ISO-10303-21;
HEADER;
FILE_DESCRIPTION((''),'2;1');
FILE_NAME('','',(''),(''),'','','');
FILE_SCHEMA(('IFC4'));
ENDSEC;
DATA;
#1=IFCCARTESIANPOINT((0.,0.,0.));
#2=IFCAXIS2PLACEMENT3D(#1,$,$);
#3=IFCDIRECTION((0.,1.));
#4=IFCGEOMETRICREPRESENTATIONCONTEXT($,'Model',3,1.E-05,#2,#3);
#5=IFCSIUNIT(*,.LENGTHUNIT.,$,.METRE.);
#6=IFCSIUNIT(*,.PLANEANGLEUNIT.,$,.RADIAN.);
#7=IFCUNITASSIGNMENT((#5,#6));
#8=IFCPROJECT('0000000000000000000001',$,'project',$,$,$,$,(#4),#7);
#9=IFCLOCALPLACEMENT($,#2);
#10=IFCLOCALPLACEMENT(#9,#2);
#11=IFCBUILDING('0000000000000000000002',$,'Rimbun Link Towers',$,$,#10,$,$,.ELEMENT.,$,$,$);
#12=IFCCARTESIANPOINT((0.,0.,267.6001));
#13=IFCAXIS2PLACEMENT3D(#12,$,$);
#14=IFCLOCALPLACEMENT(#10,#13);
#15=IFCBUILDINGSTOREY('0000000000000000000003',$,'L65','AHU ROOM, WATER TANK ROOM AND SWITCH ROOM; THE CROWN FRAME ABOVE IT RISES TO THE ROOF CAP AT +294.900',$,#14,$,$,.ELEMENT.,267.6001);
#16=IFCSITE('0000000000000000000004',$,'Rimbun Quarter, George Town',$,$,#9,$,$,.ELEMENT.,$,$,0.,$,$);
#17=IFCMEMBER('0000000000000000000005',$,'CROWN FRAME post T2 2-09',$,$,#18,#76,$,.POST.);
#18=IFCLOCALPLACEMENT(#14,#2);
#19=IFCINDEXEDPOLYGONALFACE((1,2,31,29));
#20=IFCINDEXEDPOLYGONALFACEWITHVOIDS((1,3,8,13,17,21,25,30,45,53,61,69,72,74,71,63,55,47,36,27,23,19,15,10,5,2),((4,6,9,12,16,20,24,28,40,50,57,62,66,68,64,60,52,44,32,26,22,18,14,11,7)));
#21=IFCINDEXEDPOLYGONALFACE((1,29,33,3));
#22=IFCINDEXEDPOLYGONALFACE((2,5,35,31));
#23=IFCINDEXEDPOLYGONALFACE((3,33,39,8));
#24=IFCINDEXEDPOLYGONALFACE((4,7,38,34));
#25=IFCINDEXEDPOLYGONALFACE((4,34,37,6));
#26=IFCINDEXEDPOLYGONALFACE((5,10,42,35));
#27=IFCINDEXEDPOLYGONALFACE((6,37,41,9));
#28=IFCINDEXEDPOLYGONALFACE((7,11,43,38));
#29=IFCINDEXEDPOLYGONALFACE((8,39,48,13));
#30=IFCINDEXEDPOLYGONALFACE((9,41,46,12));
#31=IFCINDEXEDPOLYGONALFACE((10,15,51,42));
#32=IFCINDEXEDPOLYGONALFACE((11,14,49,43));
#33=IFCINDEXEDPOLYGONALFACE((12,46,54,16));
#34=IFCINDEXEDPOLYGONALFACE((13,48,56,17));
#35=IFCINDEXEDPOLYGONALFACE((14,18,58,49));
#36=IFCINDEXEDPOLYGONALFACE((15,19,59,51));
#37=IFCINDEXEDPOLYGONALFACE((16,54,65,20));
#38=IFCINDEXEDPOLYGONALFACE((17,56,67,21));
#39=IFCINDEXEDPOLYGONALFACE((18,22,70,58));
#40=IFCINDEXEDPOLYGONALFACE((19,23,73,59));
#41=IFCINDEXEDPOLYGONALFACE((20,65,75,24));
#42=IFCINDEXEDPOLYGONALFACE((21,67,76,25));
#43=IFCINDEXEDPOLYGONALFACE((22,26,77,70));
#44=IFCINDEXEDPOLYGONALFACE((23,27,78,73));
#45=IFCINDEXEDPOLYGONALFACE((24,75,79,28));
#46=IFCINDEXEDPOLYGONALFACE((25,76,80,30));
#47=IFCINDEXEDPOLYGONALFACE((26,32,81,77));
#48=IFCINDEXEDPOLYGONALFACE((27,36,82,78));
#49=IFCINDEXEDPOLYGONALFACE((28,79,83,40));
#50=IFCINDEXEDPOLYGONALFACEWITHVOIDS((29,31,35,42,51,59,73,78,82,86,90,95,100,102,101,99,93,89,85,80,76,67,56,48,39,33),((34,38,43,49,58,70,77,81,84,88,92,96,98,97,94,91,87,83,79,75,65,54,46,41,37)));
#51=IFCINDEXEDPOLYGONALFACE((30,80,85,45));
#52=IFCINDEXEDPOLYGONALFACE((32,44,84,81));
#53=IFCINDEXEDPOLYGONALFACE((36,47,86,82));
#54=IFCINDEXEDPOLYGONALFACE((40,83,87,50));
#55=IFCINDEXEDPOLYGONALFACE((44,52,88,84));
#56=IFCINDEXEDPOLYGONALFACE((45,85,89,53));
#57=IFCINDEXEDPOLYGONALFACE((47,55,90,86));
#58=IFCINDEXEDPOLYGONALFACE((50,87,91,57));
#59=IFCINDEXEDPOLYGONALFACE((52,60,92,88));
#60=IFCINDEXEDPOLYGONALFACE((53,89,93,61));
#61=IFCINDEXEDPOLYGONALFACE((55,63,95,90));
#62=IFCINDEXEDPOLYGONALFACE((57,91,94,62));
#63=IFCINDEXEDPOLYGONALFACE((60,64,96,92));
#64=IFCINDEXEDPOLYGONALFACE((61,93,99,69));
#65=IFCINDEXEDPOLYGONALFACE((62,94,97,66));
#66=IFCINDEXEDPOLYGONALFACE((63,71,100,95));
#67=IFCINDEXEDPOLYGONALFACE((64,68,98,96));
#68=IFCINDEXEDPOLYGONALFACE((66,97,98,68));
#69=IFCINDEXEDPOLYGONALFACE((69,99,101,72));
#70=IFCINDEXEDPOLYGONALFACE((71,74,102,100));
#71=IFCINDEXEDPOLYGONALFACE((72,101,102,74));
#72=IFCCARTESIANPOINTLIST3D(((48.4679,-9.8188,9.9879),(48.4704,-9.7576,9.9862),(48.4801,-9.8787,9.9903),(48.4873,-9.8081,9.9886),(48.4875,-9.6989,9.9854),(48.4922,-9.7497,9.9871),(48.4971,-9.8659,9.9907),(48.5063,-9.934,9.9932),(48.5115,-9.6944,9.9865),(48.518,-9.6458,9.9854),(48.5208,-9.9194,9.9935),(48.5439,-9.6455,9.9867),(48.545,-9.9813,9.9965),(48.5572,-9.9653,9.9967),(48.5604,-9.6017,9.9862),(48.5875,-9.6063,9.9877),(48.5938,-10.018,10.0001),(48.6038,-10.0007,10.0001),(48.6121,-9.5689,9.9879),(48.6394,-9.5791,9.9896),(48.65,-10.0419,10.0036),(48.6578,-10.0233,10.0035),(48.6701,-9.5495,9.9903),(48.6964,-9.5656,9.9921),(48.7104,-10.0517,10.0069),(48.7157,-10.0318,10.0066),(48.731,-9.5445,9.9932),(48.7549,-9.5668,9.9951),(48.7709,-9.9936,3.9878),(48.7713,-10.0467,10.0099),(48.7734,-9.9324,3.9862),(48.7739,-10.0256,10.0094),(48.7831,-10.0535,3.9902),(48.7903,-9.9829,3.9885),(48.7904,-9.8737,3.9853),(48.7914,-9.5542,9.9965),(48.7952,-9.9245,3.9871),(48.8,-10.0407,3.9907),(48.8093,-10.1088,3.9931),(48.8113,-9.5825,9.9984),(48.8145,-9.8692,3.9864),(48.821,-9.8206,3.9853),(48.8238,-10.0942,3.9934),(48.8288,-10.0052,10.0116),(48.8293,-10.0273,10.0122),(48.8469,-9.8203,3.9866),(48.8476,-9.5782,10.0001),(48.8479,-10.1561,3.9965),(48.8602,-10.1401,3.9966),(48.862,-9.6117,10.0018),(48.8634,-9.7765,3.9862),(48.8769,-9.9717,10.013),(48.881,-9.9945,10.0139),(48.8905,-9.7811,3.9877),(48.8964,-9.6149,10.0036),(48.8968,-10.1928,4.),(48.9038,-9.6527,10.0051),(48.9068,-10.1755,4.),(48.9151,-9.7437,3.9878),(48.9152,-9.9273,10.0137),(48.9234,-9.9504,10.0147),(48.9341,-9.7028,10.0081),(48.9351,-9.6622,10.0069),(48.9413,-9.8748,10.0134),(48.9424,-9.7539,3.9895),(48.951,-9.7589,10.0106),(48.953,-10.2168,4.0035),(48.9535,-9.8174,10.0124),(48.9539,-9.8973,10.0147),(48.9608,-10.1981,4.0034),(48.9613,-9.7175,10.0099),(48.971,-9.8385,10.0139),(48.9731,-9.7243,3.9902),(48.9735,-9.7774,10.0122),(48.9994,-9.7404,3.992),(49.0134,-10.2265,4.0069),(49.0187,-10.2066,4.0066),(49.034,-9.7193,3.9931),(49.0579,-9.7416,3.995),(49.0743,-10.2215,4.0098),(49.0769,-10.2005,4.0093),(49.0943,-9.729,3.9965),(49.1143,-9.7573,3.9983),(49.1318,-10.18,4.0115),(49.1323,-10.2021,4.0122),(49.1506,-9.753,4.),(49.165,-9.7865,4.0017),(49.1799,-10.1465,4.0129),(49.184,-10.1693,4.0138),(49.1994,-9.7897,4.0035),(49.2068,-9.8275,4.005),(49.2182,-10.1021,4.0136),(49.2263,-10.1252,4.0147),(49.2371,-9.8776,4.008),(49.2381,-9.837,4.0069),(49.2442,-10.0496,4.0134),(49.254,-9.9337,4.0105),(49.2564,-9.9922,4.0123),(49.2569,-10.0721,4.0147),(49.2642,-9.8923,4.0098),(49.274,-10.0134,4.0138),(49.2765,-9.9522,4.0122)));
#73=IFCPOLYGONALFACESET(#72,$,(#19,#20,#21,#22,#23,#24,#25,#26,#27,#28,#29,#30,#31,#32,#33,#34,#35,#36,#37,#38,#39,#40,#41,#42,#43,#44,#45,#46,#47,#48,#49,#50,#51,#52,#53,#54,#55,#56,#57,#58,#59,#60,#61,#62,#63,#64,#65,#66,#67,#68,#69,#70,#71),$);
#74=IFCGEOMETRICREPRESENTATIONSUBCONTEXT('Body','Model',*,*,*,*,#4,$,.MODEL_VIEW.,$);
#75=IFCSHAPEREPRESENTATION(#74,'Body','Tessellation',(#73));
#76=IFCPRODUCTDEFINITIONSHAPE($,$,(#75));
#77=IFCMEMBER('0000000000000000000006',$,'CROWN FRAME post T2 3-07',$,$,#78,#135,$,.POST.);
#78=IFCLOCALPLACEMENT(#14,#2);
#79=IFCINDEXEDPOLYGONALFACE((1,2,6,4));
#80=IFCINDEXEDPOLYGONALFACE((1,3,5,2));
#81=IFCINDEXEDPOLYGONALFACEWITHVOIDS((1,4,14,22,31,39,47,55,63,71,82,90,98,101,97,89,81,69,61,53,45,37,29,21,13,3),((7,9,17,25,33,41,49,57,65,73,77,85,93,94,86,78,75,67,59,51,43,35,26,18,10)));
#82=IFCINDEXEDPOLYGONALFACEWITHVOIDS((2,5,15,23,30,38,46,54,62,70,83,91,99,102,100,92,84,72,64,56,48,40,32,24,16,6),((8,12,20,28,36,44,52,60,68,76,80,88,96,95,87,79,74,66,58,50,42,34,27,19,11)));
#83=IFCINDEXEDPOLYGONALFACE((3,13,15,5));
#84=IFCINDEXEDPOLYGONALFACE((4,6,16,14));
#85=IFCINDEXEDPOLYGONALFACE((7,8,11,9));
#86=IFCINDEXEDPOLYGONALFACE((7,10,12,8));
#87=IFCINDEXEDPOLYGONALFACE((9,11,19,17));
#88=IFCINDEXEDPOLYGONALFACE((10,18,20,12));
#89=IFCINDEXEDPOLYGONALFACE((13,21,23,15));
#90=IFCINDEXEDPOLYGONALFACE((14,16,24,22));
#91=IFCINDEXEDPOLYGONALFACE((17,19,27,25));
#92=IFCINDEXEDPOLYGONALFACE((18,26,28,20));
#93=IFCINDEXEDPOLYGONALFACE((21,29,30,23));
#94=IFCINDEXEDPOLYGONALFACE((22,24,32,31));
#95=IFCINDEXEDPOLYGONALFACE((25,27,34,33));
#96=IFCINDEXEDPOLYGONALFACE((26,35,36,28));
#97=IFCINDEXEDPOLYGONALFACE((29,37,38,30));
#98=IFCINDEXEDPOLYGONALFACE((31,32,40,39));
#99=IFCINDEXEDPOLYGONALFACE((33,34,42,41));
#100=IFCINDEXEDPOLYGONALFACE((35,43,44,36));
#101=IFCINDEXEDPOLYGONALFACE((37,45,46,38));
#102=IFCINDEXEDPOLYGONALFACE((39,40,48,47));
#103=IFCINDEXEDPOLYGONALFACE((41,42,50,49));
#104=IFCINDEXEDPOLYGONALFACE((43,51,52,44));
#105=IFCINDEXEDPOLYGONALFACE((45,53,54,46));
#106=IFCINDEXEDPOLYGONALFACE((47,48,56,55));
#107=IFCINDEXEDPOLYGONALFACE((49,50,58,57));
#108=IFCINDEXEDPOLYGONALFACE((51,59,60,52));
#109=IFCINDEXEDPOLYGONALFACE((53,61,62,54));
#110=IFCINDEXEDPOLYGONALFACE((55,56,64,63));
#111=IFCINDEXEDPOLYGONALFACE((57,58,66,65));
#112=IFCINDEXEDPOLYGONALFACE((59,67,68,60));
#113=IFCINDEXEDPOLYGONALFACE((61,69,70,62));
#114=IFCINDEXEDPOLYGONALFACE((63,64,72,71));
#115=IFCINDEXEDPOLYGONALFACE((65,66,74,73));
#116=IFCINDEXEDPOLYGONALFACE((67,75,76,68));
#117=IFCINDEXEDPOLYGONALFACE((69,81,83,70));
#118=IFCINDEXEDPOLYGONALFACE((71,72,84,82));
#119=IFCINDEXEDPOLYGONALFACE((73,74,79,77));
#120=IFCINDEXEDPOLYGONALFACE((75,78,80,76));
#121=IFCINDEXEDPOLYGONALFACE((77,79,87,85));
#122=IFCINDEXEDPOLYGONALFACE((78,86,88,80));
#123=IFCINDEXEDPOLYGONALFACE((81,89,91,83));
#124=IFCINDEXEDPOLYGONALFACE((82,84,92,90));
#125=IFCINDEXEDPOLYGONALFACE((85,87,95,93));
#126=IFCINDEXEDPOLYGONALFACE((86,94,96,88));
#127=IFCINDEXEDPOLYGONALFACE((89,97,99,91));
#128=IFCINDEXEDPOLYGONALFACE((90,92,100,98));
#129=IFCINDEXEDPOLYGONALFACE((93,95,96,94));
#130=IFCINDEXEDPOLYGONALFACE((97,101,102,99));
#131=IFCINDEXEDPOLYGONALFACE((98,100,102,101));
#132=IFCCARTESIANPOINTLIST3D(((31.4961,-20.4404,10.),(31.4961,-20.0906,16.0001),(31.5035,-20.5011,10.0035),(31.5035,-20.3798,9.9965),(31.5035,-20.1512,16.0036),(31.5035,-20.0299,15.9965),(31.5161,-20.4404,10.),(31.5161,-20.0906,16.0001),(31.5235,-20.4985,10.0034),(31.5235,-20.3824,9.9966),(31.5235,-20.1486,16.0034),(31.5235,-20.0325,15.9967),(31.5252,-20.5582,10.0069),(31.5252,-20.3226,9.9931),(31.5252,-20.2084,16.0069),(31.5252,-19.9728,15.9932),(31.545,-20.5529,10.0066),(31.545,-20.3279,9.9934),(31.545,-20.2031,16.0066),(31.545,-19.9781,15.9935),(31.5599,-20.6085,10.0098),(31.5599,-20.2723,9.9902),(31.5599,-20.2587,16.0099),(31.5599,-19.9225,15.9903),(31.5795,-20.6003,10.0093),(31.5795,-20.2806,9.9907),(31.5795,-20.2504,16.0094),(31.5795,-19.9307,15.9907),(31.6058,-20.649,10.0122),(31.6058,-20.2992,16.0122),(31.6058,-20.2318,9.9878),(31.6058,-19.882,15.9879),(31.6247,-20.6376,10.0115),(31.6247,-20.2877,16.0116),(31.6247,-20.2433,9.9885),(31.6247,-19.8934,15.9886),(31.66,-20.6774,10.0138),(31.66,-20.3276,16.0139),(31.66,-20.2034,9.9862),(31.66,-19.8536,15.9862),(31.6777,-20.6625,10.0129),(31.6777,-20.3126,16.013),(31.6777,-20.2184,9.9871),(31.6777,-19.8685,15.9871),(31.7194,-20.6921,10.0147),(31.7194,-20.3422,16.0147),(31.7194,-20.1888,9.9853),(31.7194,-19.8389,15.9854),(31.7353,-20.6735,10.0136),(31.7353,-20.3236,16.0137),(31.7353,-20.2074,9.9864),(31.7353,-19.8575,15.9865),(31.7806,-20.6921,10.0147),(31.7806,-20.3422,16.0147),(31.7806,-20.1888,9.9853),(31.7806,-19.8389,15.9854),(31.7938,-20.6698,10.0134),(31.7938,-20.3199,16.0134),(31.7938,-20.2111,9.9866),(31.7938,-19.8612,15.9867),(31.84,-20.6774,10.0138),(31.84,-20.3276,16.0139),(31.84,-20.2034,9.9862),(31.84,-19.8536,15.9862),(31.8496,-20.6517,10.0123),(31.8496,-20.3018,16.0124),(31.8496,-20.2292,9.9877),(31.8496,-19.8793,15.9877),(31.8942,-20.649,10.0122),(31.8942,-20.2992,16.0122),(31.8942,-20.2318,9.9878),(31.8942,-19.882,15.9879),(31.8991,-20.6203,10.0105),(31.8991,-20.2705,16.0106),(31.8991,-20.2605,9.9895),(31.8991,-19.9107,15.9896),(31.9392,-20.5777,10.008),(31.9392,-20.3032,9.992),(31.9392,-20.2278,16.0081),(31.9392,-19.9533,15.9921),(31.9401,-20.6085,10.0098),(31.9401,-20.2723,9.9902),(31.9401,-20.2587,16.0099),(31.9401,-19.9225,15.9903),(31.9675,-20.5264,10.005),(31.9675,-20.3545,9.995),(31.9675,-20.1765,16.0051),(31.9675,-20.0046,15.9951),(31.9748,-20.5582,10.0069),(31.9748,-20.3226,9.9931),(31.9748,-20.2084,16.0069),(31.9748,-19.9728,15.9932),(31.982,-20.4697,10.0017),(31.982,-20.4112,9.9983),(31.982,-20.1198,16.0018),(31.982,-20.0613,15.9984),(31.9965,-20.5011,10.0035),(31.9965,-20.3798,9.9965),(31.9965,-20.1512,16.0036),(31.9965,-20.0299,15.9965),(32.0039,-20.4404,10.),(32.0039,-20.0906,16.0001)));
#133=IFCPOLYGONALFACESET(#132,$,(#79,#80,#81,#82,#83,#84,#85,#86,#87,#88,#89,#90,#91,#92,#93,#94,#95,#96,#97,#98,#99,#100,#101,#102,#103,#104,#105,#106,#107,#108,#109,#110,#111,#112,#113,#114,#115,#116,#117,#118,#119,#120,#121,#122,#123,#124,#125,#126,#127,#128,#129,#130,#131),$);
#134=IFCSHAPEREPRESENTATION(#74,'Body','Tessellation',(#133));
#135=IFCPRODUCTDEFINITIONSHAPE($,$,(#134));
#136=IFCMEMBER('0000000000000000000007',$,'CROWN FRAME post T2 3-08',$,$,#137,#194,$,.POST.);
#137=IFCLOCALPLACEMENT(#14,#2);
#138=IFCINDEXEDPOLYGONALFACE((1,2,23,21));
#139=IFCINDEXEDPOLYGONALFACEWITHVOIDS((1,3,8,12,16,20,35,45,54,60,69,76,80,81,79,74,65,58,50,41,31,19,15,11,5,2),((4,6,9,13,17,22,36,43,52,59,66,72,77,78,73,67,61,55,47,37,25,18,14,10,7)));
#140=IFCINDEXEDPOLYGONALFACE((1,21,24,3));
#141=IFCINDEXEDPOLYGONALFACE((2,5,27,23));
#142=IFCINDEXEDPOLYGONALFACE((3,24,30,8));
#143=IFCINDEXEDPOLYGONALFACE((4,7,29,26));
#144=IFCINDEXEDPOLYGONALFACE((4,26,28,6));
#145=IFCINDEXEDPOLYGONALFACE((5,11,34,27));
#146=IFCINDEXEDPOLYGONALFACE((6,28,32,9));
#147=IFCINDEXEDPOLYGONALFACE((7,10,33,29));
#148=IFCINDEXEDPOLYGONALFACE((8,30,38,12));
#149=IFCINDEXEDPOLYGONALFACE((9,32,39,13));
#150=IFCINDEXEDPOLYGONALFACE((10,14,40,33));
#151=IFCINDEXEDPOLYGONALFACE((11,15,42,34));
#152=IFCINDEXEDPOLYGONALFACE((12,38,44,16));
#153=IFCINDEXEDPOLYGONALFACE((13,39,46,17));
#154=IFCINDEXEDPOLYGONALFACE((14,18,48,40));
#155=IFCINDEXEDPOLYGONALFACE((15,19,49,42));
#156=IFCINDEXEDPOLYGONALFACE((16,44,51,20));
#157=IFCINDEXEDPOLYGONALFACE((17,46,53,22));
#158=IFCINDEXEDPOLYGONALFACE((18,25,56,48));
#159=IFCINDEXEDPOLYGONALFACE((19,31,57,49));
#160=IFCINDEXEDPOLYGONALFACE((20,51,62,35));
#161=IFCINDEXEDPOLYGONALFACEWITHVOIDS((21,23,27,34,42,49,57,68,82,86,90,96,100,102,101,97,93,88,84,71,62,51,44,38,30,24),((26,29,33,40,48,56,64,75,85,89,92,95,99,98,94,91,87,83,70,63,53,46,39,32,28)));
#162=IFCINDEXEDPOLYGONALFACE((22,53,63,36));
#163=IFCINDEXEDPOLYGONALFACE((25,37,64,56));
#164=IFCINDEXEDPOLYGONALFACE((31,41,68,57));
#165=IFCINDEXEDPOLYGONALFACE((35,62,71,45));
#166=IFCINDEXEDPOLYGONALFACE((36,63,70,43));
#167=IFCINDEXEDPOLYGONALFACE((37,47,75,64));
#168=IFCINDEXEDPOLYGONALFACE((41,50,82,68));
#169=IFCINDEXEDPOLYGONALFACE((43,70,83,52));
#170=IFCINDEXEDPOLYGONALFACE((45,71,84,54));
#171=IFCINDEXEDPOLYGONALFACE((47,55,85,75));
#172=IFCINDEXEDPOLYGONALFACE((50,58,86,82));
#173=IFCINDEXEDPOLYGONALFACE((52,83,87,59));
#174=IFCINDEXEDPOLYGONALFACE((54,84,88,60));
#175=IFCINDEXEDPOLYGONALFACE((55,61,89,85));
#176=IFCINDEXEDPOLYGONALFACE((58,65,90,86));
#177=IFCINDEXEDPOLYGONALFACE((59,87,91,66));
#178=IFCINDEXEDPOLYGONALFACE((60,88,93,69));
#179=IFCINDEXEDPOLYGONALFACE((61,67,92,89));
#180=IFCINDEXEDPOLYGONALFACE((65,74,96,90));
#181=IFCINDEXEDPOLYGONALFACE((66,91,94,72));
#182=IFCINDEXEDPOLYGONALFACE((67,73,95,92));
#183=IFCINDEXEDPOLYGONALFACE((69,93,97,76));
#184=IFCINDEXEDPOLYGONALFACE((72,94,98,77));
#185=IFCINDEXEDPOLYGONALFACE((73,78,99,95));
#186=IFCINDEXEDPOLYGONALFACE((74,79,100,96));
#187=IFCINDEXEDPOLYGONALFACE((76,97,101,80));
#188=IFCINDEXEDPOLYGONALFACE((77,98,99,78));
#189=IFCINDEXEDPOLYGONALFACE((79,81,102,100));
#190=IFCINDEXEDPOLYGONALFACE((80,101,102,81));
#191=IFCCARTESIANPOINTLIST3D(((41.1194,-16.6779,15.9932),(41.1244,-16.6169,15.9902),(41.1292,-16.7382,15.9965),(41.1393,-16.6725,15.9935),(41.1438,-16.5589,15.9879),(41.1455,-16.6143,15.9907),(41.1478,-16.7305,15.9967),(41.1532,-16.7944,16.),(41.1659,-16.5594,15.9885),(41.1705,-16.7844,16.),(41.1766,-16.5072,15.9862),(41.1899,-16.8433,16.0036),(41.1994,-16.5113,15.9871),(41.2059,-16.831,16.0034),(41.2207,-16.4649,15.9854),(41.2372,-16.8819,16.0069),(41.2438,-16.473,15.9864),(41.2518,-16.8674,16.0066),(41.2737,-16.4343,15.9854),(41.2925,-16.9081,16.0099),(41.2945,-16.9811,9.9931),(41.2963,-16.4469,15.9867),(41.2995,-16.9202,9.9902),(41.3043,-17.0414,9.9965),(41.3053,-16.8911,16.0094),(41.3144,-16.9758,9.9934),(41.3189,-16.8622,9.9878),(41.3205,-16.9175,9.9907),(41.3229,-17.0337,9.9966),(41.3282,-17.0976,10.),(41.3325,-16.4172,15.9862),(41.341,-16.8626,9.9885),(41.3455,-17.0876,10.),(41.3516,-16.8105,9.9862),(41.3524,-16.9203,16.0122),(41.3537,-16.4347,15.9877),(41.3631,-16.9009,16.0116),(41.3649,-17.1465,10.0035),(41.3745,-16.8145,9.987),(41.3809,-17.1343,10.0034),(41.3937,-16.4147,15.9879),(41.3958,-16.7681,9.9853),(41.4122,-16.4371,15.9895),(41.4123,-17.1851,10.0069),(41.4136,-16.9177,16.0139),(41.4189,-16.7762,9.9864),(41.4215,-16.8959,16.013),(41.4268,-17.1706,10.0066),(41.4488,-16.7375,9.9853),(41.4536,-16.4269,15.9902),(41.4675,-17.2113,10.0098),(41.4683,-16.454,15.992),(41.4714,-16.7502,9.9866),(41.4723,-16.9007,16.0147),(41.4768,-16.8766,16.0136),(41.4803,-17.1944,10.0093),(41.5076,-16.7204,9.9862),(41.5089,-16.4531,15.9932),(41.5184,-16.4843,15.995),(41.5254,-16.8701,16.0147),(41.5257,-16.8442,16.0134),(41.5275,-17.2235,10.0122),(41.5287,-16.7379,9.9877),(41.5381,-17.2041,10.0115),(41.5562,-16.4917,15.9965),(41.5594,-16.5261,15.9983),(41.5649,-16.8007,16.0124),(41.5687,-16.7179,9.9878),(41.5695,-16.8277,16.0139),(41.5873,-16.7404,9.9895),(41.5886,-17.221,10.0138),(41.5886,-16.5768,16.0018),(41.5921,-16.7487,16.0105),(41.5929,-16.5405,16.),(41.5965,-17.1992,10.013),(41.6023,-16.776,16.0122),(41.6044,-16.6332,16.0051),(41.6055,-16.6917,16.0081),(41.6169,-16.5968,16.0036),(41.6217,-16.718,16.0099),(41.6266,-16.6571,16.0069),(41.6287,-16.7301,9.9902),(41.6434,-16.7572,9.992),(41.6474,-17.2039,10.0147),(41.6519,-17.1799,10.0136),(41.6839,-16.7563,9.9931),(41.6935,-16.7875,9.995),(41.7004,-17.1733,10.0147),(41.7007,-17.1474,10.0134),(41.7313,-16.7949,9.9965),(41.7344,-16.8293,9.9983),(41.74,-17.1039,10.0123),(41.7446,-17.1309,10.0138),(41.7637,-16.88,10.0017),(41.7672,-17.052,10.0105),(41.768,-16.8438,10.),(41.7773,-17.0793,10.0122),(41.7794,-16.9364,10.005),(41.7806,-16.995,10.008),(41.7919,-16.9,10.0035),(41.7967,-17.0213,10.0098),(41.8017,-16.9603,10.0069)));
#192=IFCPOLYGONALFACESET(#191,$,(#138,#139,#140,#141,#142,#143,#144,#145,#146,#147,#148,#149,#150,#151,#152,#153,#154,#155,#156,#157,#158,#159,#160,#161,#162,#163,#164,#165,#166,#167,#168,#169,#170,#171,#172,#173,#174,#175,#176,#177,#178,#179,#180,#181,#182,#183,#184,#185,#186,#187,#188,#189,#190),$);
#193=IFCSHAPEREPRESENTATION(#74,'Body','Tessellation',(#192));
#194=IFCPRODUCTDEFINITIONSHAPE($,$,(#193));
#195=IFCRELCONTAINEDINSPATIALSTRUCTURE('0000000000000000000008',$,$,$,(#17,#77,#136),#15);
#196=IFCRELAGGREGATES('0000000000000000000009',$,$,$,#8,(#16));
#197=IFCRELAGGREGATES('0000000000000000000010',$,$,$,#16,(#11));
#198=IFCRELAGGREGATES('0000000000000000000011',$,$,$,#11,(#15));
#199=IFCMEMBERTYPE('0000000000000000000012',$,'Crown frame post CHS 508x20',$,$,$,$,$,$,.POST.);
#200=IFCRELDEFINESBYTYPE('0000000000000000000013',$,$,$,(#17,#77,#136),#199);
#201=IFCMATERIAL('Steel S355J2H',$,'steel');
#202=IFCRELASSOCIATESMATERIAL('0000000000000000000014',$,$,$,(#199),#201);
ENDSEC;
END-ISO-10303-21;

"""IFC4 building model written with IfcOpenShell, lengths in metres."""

from ifc_helpers import new_model, si_unit, direction, frame, origin, origin_2d, place, context, subcontext, project, spatial, hollow_circle, extrude, material, material_profile, profile_set, type_object, element, save


model = new_model("IFC4")

# Units and contexts
model_context = context("Model", 3, precision=1e-05, world=origin(), true_north=direction((0.0, 1.0)))
body_context = subcontext(model_context, "Body", "Model", "MODEL_VIEW")
ifc_project = project(units=[si_unit("LENGTHUNIT", "METRE"), si_unit("PLANEANGLEUNIT", "RADIAN")], contexts=[model_context])

# Site, building, storey
site_placement = place(None, origin())
site = spatial("IfcSite", under=ifc_project, at=site_placement, Name="Rimbun Quarter, George Town", CompositionType="ELEMENT", RefElevation=0.0)
building_placement = place(site_placement, origin())
building = spatial("IfcBuilding", under=site, at=building_placement, Name="Rimbun Link Towers", CompositionType="ELEMENT")
storey_placement = place(building_placement, frame((0.0, 0.0, 267.6001)))
storey = spatial("IfcBuildingStorey", under=building, at=storey_placement, Name="L65", Description="AHU ROOM, WATER TANK ROOM AND SWITCH ROOM; THE CROWN FRAME ABOVE IT RISES TO THE ROOF CAP AT +294.900", CompositionType="ELEMENT", Elevation=267.6001)

# Members
ifc_material_1 = material(Name="Steel S355J2H", Category="steel")
ifc_material_profile_1 = material_profile(ifc_material_1, hollow_circle(Radius=0.2539, WallThickness=0.02, at=origin_2d()), Name="Crown frame post CHS 508x20")
ifc_profile_set_1 = profile_set([ifc_material_profile_1], Name="Steel S355J2H")
member_type_1 = type_object("IfcMemberType", Name="Crown frame post CHS 508x20", PredefinedType="POST", material=ifc_profile_set_1)
for number, where, z_axis, x_axis, name in (
    (1, (49.0237, -9.9729, 4.0), (-0.050411, 0.029085, 0.998305), (-0.499743, -0.866174, 0.0), "CROWN FRAME post T2 2-09"),
    (2, (31.75, -20.4404, 10.0), (0.0, 0.05821, 0.998304), (-1.0, 0.0, 0.0), "CROWN FRAME post T2 3-07"),
    (3, (41.5481, -16.9707, 10.0), (-0.029125, 0.050451, 0.998302), (-0.866046, -0.499964, 0.0), "CROWN FRAME post T2 3-08"),
):
    element("IfcMember", number, at=place(storey_placement, frame(where, z_axis=z_axis, x_axis=x_axis)), inside=storey, type_object=member_type_1, Name=name, PredefinedType="POST", context=body_context, shape_type="SweptSolid", body=[
        extrude(hollow_circle(Radius=0.2539, WallThickness=0.02, at=origin_2d()), origin(), (0.0, 0.0, 1.0), 6.0103),
    ])

save(model, "model.ifc")
